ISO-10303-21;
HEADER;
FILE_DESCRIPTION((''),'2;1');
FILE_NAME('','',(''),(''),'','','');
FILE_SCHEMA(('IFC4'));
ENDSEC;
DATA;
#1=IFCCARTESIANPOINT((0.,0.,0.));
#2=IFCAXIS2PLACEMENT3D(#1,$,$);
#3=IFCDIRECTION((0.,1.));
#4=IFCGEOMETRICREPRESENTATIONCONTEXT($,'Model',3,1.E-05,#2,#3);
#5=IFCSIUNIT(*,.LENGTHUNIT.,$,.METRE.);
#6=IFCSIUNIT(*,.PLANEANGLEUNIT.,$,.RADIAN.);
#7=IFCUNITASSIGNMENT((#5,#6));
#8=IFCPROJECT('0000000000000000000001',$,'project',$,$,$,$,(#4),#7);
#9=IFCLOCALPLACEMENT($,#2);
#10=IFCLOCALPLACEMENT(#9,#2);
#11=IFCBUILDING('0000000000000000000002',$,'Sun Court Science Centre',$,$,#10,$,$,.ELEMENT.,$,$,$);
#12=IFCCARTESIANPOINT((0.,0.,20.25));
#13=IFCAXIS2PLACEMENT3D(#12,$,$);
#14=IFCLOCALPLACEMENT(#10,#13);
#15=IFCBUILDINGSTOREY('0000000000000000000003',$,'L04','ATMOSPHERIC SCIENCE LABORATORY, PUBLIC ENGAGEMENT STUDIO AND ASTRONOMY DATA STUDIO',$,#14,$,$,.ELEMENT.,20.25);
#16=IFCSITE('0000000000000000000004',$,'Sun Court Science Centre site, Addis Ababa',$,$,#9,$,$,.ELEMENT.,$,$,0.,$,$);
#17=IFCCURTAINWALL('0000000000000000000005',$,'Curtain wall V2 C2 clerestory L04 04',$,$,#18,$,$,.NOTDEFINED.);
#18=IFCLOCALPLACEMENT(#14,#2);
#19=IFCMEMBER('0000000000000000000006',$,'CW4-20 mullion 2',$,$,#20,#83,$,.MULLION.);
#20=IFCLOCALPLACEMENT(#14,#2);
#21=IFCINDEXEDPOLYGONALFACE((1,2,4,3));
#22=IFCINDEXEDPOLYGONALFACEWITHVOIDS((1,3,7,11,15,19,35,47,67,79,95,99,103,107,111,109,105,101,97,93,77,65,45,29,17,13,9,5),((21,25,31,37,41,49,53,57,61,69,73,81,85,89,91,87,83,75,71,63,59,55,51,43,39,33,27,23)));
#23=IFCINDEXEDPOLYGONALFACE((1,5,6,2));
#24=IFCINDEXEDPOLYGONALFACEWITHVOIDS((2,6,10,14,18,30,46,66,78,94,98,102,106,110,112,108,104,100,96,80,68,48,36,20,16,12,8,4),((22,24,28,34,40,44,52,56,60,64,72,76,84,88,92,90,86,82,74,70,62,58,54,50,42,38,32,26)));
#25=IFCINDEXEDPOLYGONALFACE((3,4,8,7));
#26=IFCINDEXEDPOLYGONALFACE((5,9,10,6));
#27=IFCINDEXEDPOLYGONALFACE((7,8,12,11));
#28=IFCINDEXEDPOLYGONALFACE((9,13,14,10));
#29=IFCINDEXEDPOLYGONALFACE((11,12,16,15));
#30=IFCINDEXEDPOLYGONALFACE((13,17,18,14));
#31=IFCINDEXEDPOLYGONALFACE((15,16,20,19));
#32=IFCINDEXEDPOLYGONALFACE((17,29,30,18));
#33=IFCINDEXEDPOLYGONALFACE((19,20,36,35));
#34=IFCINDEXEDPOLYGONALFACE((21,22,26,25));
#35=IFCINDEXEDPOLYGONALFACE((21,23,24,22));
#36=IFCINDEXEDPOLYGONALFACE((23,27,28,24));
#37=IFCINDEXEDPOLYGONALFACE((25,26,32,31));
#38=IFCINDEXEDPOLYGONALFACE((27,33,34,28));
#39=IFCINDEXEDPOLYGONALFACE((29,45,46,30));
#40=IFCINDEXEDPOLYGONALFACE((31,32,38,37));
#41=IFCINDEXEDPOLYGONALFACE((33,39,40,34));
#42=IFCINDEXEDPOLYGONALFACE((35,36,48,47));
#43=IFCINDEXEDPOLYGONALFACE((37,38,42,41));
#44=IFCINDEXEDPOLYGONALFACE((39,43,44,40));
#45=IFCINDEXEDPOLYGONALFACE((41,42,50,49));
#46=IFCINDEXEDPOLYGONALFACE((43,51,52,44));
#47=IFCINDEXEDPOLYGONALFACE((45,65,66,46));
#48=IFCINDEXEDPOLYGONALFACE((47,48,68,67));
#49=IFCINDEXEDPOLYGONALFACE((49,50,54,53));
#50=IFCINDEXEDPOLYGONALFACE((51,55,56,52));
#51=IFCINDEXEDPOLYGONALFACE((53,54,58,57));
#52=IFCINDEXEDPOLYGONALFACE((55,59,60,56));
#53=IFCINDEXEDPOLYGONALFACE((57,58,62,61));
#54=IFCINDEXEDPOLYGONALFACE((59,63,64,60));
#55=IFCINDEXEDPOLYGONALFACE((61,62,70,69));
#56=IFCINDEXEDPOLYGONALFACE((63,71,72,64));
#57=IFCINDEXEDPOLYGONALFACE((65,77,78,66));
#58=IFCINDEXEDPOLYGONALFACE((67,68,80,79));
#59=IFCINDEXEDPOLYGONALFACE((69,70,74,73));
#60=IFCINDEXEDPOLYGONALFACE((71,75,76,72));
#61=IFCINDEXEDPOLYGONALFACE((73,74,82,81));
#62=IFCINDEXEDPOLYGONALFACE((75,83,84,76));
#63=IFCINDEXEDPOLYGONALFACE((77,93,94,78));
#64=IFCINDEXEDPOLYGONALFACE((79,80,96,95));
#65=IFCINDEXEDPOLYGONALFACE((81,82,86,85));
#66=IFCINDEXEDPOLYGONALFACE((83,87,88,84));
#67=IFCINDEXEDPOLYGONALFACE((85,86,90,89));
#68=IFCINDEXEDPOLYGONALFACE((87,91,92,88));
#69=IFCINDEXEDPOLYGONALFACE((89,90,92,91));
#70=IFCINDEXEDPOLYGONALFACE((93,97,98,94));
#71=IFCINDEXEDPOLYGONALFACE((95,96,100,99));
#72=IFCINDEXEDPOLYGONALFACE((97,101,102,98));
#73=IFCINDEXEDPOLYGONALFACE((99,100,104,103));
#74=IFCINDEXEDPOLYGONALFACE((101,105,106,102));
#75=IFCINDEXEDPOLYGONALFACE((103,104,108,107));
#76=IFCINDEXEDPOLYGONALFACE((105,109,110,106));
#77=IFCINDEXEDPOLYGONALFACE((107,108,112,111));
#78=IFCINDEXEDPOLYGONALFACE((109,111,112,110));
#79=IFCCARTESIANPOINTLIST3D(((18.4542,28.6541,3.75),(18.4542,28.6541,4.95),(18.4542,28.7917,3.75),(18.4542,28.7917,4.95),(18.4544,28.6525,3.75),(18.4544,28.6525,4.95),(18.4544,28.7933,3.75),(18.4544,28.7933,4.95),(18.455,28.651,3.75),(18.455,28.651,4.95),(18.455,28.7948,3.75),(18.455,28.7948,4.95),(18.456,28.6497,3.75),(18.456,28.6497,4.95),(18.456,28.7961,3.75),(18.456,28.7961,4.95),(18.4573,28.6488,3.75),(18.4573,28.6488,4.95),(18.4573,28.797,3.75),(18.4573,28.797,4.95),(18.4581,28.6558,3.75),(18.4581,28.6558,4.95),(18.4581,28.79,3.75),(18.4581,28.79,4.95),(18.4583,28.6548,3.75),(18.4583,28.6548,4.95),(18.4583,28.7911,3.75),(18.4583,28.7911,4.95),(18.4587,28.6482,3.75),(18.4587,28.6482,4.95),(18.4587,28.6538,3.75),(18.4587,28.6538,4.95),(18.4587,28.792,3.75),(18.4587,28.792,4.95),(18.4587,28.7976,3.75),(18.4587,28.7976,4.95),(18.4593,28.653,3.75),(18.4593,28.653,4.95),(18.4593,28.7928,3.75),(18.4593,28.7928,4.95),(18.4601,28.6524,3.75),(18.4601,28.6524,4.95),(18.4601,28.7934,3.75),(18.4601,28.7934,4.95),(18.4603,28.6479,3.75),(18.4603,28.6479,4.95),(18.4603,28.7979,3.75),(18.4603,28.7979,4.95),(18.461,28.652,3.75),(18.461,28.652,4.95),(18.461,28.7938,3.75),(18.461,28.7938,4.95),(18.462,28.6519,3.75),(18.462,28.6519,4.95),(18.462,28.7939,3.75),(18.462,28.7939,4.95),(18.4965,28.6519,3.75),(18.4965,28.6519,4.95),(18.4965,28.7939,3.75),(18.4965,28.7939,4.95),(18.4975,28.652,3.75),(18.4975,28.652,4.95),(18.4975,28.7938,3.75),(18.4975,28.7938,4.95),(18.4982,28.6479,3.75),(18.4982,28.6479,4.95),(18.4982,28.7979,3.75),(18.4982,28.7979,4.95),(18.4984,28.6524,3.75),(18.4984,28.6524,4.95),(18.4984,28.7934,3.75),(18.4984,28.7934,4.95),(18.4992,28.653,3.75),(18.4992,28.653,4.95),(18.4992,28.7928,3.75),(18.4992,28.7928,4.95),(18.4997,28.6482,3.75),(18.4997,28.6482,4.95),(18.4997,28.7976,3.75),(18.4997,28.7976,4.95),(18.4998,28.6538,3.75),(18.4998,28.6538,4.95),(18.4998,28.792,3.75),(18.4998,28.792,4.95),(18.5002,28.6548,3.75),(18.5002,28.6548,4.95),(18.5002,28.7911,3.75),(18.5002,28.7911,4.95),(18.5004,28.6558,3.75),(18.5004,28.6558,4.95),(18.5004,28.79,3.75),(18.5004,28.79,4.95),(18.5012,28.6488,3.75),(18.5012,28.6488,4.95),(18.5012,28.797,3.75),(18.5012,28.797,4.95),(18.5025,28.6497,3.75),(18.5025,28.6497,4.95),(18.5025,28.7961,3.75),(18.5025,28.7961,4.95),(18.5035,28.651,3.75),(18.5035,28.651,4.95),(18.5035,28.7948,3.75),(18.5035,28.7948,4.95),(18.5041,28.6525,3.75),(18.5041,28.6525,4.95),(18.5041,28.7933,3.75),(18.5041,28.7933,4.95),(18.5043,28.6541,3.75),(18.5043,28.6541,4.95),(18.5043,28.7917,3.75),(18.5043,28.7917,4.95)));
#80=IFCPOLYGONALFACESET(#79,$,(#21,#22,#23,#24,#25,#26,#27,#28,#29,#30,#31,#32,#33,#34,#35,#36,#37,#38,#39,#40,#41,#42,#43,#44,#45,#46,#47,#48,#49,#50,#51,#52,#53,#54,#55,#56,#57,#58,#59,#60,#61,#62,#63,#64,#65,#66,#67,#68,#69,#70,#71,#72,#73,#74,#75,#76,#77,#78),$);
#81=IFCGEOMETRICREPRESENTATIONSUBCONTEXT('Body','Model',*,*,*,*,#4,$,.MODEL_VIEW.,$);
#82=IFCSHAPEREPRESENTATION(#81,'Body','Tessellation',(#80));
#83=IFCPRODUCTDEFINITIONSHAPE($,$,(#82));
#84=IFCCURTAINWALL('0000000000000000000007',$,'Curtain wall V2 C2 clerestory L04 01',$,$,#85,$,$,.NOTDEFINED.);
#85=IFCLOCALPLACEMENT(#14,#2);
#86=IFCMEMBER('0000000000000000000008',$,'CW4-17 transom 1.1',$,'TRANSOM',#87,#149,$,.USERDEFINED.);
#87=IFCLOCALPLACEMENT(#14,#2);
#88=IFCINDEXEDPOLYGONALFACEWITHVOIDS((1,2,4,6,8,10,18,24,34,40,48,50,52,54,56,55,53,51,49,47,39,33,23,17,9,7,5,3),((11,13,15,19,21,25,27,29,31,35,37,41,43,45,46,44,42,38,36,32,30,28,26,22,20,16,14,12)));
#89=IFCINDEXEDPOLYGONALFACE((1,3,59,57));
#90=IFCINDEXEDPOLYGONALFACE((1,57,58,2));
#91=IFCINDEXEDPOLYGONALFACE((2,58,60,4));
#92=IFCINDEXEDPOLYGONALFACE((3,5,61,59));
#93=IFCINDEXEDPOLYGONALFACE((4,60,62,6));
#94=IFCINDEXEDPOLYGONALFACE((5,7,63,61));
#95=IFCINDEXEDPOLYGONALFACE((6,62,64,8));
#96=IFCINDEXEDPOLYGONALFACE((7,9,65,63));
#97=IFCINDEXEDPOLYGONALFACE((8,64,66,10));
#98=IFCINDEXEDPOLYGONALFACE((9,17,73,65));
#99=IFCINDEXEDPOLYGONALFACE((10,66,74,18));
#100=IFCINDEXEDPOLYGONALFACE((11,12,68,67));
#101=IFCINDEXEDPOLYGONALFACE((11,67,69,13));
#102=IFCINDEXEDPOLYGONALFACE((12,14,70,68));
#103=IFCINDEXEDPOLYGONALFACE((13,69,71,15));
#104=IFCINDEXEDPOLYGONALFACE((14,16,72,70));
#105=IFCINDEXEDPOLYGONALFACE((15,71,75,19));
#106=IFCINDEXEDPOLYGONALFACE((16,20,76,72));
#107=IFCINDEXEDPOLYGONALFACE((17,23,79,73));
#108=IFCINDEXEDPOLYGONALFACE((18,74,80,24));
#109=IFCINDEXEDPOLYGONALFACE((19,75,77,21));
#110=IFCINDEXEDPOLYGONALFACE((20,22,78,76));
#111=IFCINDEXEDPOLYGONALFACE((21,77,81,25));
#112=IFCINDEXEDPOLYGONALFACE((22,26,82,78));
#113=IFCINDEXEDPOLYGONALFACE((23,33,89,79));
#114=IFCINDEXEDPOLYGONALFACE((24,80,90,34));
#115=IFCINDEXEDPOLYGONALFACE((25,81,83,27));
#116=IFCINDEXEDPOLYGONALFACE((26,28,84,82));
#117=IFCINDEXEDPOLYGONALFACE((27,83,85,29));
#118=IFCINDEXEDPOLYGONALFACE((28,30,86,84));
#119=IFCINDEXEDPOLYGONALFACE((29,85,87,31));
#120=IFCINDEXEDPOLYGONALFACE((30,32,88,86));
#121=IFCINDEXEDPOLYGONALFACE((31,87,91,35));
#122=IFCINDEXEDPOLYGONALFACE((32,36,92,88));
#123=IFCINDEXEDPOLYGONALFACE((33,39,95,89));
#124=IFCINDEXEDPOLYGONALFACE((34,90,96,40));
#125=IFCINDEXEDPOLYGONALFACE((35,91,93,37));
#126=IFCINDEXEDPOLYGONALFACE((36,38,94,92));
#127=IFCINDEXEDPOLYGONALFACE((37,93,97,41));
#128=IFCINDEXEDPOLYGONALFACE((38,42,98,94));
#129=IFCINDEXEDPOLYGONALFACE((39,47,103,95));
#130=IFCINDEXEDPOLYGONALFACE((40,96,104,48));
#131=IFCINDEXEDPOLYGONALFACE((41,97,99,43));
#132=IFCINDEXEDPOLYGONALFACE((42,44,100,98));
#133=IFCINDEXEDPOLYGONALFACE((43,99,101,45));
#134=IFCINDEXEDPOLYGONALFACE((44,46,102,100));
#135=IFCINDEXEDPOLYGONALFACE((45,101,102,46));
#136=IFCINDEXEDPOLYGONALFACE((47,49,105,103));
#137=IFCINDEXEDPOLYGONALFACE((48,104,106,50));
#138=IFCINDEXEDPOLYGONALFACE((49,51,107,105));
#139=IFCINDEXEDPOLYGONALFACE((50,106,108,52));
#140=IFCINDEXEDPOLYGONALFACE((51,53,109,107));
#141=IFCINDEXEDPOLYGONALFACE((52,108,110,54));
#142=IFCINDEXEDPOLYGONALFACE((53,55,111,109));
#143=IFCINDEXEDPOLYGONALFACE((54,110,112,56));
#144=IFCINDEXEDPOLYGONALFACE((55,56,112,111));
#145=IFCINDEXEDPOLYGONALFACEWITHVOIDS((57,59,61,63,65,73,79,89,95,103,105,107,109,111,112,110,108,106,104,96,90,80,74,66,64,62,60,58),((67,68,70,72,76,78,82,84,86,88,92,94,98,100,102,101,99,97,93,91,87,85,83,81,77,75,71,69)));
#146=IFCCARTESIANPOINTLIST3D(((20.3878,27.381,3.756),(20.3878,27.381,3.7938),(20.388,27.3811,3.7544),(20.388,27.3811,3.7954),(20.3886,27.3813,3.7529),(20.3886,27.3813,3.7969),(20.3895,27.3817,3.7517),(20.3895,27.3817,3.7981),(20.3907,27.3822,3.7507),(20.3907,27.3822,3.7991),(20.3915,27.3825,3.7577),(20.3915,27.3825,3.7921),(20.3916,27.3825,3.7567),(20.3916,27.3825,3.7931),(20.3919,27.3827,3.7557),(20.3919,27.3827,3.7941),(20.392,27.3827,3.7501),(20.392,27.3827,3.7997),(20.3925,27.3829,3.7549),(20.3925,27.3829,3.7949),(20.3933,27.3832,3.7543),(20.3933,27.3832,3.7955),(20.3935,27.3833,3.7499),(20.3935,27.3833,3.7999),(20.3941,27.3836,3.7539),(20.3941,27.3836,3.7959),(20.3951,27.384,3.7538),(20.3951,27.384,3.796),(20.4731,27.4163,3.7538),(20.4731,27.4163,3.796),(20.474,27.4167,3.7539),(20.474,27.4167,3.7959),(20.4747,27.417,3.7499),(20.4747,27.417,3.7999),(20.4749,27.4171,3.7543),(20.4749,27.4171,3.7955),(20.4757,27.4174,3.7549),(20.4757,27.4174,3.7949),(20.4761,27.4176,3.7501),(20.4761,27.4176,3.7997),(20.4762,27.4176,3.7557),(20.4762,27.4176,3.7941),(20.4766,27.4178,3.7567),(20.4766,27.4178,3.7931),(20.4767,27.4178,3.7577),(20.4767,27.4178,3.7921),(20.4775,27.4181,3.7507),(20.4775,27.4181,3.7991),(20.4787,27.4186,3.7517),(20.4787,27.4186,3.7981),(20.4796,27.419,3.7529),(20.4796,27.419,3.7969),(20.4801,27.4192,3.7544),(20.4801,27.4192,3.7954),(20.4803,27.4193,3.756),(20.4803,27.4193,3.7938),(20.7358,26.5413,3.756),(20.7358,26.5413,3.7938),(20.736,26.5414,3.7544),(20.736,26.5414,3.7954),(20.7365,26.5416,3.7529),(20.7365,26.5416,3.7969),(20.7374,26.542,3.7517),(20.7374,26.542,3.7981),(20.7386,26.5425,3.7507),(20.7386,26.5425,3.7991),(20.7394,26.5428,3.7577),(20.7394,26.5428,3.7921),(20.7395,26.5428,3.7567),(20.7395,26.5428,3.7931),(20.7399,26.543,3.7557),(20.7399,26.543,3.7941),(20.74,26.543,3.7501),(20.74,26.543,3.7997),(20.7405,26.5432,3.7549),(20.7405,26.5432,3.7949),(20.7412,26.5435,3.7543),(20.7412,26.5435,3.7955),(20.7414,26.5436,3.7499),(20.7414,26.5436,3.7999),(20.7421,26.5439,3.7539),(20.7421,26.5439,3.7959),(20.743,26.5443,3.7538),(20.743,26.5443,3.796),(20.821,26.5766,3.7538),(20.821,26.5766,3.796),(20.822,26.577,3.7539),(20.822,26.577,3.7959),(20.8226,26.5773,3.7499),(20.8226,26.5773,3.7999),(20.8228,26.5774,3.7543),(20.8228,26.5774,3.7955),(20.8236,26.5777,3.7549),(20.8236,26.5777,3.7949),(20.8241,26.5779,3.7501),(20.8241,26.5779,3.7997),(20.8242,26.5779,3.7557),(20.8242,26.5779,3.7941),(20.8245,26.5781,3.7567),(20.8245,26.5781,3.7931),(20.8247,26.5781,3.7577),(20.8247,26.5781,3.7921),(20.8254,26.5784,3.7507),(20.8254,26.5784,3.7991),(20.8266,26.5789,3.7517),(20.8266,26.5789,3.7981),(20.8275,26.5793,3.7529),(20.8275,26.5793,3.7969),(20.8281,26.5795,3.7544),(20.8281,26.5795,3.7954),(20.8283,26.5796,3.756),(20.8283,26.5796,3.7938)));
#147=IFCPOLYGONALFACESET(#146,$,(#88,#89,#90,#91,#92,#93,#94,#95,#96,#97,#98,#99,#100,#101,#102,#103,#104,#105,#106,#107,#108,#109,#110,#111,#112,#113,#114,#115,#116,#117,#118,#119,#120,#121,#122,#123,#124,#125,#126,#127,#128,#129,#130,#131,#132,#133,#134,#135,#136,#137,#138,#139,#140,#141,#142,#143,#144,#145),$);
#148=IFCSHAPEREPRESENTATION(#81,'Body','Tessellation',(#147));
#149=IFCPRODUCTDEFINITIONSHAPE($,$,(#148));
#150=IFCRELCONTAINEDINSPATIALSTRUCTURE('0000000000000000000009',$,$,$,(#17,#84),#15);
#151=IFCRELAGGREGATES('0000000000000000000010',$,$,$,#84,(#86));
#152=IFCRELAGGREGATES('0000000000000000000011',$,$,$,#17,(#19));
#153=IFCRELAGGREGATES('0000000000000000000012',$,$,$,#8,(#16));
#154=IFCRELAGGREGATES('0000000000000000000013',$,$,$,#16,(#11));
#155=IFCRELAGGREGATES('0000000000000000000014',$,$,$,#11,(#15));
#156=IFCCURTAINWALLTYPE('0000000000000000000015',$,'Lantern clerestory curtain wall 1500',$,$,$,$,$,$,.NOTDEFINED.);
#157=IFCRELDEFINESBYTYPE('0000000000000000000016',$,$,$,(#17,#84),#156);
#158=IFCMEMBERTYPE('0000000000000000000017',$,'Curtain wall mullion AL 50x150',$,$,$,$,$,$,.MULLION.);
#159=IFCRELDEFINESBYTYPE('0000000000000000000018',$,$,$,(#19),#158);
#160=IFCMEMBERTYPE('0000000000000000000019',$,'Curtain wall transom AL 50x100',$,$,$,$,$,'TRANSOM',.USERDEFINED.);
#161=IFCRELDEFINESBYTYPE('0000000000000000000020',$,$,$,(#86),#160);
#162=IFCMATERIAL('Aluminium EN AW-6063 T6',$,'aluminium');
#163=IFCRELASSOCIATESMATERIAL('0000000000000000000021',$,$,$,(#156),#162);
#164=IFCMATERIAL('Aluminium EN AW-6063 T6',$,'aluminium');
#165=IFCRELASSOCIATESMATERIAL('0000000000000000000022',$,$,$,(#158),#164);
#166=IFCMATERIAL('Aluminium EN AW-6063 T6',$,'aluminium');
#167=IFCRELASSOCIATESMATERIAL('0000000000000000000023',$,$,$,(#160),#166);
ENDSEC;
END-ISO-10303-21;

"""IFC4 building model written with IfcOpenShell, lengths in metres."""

from ifc_helpers import new_model, si_unit, direction, frame, origin, origin_2d, place, context, subcontext, project, spatial, hollow_rectangle, extrude, material, material_profile, profile_set, type_object, element, aggregate, save


model = new_model("IFC4")

# Units and contexts
model_context = context("Model", 3, precision=1e-05, world=origin(), true_north=direction((0.0, 1.0)))
body_context = subcontext(model_context, "Body", "Model", "MODEL_VIEW")
ifc_project = project(units=[si_unit("LENGTHUNIT", "METRE"), si_unit("PLANEANGLEUNIT", "RADIAN")], contexts=[model_context])

# Site, building, storey
site_placement = place(None, origin())
site = spatial("IfcSite", under=ifc_project, at=site_placement, Name="Sun Court Science Centre site, Addis Ababa", CompositionType="ELEMENT", RefElevation=0.0)
building_placement = place(site_placement, origin())
building = spatial("IfcBuilding", under=site, at=building_placement, Name="Sun Court Science Centre", CompositionType="ELEMENT")
storey_placement = place(building_placement, frame((0.0, 0.0, 20.25)))
storey = spatial("IfcBuildingStorey", under=building, at=storey_placement, Name="L04", Description="ATMOSPHERIC SCIENCE LABORATORY, PUBLIC ENGAGEMENT STUDIO AND ASTRONOMY DATA STUDIO", CompositionType="ELEMENT", Elevation=20.25)

# Curtain wall, member
ifc_material_1 = material(Name="Aluminium EN AW-6063 T6", Category="aluminium")
curtain_wall_type = type_object("IfcCurtainWallType", Name="Lantern clerestory curtain wall 1500", PredefinedType="NOTDEFINED", material=ifc_material_1)
curtain_wall_1_placement = place(storey_placement, origin())
curtain_wall_1 = element("IfcCurtainWall", 1, at=curtain_wall_1_placement, inside=storey, type_object=curtain_wall_type, Name="Curtain wall V2 C2 clerestory L04 04", PredefinedType="NOTDEFINED")
ifc_material_2 = material(Name="Aluminium EN AW-6063 T6", Category="aluminium")
ifc_material_profile_1 = material_profile(ifc_material_2, hollow_rectangle(XDim=0.05, YDim=0.1499, WallThickness=0.0039, InnerFilletRadius=0.0039, OuterFilletRadius=0.0061, at=origin_2d()), Name="AL 50x150x4")
ifc_profile_set_1 = profile_set([ifc_material_profile_1], Name="Aluminium EN AW-6063 T6")
member_type_1 = type_object("IfcMemberType", Name="Curtain wall mullion AL 50x150", PredefinedType="MULLION", material=ifc_profile_set_1)
member_1_placement = place(storey_placement, frame((18.4792, 28.7229, 3.75), z_axis=(0.0, 0.0, 1.0), x_axis=(1.0, 0.0, 0.0)))
member_1 = element("IfcMember", 2, at=member_1_placement, type_object=member_type_1, Name="CW4-20 mullion 2", PredefinedType="MULLION", context=body_context, shape_type="SweptSolid", body=[
    extrude(hollow_rectangle(XDim=0.05, YDim=0.1499, WallThickness=0.0039, InnerFilletRadius=0.0039, OuterFilletRadius=0.0061, at=origin_2d()), origin(), (0.0, 0.0, 1.0), 1.2),
])

# Curtain wall, member
curtain_wall_2_placement = place(storey_placement, origin())
curtain_wall_2 = element("IfcCurtainWall", 3, at=curtain_wall_2_placement, inside=storey, type_object=curtain_wall_type, Name="Curtain wall V2 C2 clerestory L04 01", PredefinedType="NOTDEFINED")
ifc_material_3 = material(Name="Aluminium EN AW-6063 T6", Category="aluminium")
ifc_material_profile_2 = material_profile(ifc_material_3, hollow_rectangle(XDim=0.05, YDim=0.1001, WallThickness=0.0039, InnerFilletRadius=0.0039, OuterFilletRadius=0.0061, at=origin_2d()), Name="AL 50x100x4")
ifc_profile_set_2 = profile_set([ifc_material_profile_2], Name="Aluminium EN AW-6063 T6")
member_type_2 = type_object("IfcMemberType", Name="Curtain wall transom AL 50x100", ElementType="TRANSOM", PredefinedType="USERDEFINED", material=ifc_profile_set_2)
member_2_placement = place(storey_placement, frame((20.4341, 27.4001, 3.7749), z_axis=(0.382803, -0.92383, 0.0), x_axis=(0.0, 0.0, 1.0)))
member_2 = element("IfcMember", 4, at=member_2_placement, type_object=member_type_2, Name="CW4-17 transom 1.1", ObjectType="TRANSOM", PredefinedType="USERDEFINED", context=body_context, shape_type="SweptSolid", body=[
    extrude(hollow_rectangle(XDim=0.05, YDim=0.1001, WallThickness=0.0039, InnerFilletRadius=0.0039, OuterFilletRadius=0.0061, at=origin_2d()), origin(), (0.0, 0.0, 1.0), 0.9089),
])

aggregate(curtain_wall_2, [member_2])
aggregate(curtain_wall_1, [member_1])

save(model, "model.ifc")
